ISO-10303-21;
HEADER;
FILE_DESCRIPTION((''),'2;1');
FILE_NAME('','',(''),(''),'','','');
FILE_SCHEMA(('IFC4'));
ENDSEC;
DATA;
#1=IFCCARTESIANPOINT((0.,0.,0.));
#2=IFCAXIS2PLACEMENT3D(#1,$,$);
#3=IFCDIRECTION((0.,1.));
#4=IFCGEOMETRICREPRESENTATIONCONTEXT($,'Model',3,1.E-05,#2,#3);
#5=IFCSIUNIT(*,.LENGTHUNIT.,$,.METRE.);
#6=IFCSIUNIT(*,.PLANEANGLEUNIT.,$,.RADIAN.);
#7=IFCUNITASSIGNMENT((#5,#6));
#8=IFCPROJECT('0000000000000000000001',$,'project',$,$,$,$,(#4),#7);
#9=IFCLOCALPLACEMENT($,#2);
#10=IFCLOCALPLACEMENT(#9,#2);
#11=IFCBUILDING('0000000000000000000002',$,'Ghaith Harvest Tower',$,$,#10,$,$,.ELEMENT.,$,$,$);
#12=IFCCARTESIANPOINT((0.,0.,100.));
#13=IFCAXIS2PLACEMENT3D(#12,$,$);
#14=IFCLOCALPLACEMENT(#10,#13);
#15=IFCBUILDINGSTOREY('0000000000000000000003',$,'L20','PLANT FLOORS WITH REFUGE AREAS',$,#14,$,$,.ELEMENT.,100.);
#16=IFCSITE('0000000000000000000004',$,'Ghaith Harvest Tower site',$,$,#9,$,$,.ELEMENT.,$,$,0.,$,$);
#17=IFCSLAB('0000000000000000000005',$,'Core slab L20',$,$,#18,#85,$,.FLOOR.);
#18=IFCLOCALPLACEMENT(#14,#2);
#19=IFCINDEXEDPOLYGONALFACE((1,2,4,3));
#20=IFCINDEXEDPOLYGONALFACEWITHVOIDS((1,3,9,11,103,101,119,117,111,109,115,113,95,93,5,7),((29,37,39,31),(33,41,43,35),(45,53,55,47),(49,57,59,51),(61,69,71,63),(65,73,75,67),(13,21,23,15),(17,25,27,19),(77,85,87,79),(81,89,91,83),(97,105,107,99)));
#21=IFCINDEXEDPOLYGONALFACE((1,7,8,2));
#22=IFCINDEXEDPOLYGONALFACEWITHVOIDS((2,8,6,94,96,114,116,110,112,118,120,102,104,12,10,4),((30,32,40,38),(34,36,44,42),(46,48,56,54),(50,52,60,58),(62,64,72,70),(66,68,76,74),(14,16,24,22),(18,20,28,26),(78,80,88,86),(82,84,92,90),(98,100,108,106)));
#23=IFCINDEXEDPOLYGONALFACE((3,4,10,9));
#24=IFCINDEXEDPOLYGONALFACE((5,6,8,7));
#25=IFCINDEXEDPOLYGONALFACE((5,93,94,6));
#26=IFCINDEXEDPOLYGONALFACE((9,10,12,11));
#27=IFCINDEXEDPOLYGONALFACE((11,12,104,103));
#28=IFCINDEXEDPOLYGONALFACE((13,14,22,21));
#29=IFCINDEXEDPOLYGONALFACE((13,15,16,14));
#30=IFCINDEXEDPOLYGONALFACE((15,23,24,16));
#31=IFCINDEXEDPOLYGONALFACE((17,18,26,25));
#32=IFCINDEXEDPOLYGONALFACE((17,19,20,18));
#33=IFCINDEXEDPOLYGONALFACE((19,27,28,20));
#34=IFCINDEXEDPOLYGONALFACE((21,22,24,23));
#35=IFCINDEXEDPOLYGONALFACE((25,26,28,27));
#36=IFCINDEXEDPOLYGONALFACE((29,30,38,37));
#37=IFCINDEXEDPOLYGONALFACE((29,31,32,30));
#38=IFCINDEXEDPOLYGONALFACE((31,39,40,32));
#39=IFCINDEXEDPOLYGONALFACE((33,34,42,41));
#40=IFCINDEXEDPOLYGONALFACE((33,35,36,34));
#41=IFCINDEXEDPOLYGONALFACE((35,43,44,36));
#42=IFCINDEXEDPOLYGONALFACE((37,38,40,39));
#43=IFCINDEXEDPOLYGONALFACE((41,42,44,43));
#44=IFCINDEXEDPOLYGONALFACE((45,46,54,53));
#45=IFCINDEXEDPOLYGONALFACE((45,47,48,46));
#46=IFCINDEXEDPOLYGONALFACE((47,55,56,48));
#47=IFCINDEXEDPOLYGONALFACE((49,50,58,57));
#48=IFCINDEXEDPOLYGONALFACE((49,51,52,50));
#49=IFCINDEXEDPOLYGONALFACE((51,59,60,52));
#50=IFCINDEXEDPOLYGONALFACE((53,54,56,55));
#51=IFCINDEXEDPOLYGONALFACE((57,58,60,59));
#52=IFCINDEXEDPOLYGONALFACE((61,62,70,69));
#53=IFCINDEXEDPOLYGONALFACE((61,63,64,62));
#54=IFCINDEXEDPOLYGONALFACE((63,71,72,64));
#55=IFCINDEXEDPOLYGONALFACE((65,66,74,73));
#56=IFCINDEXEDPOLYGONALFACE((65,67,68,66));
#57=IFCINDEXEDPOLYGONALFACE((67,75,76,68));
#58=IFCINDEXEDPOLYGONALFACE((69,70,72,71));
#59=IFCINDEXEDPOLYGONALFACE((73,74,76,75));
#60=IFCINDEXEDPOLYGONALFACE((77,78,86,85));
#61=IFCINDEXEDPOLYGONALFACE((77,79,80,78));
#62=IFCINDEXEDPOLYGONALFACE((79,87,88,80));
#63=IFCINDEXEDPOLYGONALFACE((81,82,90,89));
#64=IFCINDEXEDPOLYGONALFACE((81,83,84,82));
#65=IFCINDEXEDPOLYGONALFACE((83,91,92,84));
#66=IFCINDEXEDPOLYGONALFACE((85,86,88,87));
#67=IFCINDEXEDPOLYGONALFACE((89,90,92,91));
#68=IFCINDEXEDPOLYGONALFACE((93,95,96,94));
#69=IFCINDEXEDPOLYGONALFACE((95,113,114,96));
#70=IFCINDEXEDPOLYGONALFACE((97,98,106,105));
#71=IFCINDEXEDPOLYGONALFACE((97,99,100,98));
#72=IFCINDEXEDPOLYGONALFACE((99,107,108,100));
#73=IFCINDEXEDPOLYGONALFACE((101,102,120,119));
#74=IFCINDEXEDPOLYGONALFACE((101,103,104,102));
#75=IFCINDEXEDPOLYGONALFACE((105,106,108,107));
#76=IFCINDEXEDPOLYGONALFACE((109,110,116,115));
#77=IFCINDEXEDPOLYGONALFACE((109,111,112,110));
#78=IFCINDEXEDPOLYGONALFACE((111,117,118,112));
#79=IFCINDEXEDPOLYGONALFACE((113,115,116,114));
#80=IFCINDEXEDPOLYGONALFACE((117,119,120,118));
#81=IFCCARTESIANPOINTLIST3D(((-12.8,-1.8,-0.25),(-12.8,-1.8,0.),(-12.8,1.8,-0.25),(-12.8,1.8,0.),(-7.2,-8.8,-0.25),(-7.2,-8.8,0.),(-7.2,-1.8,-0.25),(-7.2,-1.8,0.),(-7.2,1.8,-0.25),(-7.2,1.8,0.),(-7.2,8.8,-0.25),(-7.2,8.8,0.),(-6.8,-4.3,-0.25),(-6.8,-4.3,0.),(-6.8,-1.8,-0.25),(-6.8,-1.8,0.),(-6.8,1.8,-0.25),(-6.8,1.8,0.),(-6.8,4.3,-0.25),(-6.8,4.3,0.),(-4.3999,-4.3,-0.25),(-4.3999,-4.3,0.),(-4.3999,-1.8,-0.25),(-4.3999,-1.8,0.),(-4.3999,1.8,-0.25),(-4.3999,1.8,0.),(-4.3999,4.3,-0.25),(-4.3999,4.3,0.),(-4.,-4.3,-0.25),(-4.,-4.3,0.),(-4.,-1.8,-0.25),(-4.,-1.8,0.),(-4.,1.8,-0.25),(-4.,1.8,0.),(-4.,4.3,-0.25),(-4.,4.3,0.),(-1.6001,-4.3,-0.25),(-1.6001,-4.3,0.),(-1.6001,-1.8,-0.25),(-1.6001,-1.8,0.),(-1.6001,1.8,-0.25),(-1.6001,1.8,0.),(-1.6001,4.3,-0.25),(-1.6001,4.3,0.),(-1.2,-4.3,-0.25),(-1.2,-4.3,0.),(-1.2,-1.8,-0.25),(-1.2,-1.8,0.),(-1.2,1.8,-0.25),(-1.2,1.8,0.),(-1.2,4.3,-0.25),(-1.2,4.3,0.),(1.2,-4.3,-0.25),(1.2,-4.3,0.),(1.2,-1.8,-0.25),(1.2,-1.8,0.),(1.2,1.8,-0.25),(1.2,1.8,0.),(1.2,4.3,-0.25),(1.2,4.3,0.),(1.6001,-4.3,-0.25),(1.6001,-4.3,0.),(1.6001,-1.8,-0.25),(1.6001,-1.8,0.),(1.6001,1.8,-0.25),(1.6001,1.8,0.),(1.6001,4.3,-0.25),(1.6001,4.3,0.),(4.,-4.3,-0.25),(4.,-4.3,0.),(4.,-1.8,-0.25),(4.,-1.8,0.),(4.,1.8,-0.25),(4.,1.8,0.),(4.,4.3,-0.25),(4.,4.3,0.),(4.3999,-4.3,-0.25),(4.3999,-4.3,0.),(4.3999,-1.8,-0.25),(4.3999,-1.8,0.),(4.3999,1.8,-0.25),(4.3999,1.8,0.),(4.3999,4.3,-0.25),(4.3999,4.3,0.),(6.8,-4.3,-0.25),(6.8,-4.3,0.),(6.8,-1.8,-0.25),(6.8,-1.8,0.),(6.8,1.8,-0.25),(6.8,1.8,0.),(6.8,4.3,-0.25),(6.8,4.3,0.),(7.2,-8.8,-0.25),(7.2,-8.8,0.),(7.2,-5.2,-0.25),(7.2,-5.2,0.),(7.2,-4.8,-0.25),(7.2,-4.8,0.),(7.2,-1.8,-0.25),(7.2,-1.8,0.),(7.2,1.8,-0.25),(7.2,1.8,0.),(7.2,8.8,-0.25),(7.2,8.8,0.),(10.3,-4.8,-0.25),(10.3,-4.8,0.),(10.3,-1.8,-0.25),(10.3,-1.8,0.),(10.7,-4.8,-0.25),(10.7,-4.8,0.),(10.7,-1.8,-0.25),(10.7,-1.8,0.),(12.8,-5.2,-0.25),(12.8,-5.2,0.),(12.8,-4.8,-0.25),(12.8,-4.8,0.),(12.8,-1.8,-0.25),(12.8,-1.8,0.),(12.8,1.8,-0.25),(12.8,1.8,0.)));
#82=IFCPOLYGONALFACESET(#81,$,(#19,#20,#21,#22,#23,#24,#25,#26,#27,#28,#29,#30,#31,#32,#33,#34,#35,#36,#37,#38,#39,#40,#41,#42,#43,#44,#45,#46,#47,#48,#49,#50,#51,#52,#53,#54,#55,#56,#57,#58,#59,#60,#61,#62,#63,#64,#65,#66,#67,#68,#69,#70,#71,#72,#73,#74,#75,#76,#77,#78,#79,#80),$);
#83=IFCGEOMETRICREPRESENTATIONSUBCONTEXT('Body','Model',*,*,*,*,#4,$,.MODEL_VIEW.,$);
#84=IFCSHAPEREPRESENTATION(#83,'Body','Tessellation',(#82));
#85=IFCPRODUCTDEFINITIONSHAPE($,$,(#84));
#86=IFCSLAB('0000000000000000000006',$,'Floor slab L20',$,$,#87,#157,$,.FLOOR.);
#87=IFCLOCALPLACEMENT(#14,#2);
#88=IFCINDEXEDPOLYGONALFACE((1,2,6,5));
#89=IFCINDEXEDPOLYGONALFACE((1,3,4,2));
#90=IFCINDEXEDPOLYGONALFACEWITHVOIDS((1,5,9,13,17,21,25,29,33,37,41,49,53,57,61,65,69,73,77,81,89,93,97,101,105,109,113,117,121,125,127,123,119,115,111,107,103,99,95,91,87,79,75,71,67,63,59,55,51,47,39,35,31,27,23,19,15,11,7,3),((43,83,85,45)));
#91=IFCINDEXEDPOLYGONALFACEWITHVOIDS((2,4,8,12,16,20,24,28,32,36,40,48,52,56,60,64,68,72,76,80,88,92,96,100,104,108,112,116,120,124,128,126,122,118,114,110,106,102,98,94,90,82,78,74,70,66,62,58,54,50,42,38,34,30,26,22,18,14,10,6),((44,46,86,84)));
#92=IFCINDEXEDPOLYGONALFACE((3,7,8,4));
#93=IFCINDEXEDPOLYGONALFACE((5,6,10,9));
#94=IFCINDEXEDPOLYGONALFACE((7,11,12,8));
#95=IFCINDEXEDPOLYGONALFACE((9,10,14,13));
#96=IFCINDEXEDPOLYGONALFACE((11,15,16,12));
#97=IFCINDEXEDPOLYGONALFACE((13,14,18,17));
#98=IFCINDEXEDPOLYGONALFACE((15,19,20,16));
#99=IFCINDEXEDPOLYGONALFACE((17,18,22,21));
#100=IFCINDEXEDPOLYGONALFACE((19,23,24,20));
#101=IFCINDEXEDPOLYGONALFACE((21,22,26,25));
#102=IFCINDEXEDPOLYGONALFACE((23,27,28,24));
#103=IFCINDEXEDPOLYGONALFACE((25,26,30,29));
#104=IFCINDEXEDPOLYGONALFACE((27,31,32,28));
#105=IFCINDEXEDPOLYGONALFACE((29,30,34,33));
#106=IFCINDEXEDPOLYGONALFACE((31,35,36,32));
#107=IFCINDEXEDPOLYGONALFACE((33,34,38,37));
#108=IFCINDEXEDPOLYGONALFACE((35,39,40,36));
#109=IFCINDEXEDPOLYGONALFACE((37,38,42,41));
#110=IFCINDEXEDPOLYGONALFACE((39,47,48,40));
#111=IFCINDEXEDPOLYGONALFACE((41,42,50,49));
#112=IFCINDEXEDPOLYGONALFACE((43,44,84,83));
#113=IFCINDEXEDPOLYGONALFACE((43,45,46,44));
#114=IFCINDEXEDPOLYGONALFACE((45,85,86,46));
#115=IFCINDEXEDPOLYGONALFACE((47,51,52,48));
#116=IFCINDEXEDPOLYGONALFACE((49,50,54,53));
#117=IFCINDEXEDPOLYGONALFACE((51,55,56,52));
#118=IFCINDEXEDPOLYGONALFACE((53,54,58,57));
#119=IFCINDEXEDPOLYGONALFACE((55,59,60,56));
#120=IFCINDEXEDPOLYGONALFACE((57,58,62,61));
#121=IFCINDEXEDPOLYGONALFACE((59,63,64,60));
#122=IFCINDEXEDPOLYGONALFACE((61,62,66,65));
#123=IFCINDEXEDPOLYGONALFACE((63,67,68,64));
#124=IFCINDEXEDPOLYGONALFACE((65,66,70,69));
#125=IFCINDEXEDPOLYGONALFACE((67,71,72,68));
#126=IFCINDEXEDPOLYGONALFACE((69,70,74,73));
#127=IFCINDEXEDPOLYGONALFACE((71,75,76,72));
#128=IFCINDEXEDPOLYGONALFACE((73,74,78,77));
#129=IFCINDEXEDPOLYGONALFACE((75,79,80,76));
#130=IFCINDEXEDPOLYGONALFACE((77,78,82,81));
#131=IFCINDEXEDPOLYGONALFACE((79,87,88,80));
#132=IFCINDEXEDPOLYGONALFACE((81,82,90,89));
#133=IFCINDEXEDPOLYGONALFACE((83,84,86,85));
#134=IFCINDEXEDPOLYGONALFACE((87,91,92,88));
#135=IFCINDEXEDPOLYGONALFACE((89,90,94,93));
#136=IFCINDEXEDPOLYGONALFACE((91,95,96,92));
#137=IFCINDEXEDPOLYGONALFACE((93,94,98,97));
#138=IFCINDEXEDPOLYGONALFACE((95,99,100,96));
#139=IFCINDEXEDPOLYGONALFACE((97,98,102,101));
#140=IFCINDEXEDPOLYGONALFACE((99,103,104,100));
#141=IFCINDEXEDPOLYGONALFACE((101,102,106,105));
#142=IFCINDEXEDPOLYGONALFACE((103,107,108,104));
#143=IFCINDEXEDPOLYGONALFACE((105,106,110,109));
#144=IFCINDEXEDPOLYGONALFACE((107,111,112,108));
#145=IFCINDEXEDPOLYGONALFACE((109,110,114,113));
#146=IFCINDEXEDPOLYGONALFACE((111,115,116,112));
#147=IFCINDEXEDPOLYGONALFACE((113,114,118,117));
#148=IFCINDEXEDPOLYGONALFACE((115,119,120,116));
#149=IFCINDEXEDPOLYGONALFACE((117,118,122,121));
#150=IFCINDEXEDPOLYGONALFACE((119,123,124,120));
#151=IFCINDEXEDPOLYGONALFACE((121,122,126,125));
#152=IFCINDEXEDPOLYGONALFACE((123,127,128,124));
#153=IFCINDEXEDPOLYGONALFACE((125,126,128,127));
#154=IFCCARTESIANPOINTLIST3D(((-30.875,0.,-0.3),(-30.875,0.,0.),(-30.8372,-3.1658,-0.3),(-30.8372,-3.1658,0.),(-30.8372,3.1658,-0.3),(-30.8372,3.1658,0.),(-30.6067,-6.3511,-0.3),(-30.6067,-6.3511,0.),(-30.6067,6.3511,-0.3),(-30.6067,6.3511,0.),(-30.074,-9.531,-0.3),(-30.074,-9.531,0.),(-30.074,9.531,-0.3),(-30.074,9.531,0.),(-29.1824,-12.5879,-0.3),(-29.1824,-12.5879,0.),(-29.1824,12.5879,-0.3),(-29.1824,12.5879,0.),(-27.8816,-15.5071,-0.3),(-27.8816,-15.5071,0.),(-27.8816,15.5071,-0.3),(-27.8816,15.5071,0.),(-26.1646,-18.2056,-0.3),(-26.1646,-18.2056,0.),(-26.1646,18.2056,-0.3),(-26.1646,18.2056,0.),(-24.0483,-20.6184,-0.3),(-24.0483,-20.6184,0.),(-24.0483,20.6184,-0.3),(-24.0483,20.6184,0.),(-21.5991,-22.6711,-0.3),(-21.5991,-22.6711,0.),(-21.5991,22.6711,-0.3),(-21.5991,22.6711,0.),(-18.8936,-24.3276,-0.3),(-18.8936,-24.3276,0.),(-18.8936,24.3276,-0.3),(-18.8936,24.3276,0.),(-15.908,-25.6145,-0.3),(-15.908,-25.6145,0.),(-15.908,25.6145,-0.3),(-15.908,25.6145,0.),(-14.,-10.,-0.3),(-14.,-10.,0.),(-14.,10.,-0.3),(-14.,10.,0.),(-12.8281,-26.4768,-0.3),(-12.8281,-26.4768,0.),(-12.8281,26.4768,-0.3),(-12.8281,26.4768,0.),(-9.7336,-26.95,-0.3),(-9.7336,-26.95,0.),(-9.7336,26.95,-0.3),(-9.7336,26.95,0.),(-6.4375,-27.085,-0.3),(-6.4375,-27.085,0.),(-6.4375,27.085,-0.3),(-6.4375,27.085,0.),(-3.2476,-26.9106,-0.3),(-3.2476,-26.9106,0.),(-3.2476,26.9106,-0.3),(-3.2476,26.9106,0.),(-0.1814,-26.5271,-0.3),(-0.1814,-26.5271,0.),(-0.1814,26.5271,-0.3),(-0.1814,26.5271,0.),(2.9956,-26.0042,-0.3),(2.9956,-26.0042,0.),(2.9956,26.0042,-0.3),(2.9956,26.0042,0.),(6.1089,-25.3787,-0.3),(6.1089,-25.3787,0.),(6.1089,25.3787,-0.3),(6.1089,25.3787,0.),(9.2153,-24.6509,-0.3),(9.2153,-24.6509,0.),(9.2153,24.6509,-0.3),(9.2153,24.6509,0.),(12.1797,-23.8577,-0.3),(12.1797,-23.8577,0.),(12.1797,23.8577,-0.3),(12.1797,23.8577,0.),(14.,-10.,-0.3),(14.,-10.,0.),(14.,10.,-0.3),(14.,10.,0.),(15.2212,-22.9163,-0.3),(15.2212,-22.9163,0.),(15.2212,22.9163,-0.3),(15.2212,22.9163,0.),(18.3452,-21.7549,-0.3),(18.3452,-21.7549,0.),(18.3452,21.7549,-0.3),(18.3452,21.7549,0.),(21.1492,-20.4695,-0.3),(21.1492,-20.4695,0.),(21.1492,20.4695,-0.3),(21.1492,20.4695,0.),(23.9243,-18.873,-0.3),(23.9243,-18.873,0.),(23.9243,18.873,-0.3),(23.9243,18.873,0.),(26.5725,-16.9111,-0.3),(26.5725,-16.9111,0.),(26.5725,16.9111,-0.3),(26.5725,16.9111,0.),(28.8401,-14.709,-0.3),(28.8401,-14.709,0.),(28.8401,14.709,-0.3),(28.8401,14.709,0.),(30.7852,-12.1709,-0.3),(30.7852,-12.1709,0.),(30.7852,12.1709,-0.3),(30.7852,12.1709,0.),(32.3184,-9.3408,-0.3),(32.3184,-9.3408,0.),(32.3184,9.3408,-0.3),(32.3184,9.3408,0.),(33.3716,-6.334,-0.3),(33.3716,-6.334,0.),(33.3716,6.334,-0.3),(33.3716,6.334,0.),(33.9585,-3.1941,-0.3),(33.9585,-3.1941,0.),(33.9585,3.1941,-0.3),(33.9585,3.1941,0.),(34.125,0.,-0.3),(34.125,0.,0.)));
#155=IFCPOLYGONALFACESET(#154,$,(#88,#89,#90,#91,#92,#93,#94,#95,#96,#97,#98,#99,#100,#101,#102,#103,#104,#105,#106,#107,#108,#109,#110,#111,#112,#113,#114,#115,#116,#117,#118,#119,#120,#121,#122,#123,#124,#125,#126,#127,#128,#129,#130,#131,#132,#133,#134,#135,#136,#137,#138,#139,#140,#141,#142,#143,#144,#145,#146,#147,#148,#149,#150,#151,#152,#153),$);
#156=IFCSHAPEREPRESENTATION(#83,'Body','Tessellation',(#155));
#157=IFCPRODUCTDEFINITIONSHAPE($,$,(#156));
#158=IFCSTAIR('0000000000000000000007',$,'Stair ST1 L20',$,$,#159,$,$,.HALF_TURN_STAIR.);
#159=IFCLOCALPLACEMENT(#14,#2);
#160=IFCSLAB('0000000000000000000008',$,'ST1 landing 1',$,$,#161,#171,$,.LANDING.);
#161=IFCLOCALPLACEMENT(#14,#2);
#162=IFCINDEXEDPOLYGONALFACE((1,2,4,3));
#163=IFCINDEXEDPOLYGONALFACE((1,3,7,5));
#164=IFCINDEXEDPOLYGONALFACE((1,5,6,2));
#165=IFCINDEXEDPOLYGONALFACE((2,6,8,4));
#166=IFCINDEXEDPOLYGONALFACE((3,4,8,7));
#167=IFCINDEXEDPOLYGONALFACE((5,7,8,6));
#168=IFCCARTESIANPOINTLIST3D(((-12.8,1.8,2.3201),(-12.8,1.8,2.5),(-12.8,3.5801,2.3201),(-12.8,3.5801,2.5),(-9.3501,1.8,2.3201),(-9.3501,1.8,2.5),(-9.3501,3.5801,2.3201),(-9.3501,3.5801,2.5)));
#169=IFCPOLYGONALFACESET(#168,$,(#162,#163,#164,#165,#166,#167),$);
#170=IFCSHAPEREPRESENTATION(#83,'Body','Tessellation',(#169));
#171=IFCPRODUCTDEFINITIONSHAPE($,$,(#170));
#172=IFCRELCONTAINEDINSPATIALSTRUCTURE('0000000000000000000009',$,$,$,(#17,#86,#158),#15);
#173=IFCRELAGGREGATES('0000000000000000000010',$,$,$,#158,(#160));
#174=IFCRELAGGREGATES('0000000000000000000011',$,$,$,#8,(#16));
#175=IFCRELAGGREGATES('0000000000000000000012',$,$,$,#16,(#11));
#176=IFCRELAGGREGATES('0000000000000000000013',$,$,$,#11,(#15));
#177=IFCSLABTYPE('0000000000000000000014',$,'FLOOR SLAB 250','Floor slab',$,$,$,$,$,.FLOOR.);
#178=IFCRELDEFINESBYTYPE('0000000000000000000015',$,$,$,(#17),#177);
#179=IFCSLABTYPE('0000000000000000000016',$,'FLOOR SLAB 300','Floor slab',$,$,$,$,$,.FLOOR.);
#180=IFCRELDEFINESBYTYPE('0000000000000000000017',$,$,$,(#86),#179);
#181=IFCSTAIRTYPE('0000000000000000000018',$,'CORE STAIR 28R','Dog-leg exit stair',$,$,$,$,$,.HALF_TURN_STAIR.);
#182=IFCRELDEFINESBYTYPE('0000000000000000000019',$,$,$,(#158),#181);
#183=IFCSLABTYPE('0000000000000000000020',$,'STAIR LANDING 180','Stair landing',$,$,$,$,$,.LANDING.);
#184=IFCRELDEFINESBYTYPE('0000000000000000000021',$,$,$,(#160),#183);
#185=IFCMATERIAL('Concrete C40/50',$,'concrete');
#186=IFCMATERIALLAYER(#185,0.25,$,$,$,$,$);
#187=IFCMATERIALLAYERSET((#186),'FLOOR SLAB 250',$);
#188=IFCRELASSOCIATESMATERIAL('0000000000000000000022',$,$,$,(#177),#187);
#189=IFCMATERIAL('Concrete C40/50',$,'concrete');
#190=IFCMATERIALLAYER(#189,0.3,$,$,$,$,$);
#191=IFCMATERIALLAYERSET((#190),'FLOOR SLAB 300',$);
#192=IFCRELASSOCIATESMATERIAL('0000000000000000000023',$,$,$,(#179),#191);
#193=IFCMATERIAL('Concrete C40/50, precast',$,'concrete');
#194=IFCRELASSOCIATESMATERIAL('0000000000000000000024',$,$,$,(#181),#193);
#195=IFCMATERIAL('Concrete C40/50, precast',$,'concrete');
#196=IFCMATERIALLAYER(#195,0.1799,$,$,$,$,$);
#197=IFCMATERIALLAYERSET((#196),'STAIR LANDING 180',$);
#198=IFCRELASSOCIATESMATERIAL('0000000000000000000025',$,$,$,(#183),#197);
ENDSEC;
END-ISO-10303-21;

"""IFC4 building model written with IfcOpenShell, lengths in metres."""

from ifc_helpers import new_model, si_unit, direction, frame, origin, place, context, subcontext, project, spatial, polyline, outline, extrude, material, layer, layer_set, type_object, element, aggregate, save


model = new_model("IFC4")

# Units and contexts
model_context = context("Model", 3, precision=1e-05, world=origin(), true_north=direction((0.0, 1.0)))
body_context = subcontext(model_context, "Body", "Model", "MODEL_VIEW")
ifc_project = project(units=[si_unit("LENGTHUNIT", "METRE"), si_unit("PLANEANGLEUNIT", "RADIAN")], contexts=[model_context])

# Site, building, storey
site_placement = place(None, origin())
site = spatial("IfcSite", under=ifc_project, at=site_placement, Name="Ghaith Harvest Tower site", CompositionType="ELEMENT", RefElevation=0.0)
building_placement = place(site_placement, origin())
building = spatial("IfcBuilding", under=site, at=building_placement, Name="Ghaith Harvest Tower", CompositionType="ELEMENT")
storey_placement = place(building_placement, frame((0.0, 0.0, 100.0)))
storey = spatial("IfcBuildingStorey", under=building, at=storey_placement, Name="L20", Description="PLANT FLOORS WITH REFUGE AREAS", CompositionType="ELEMENT", Elevation=100.0)

# Slabs
ifc_material_1 = material(Name="Concrete C40/50", Category="concrete")
ifc_layer_1 = layer(ifc_material_1, 0.25)
ifc_layer_set_1 = layer_set([ifc_layer_1], Name="FLOOR SLAB 250")
slab_type_1 = type_object("IfcSlabType", Name="FLOOR SLAB 250", Description="Floor slab", PredefinedType="FLOOR", material=ifc_layer_set_1)
slab_1_placement = place(storey_placement, frame((0.0, 0.0, -0.25)))
element("IfcSlab", 1, at=slab_1_placement, inside=storey, type_object=slab_type_1, Name="Core slab L20", PredefinedType="FLOOR", context=body_context, shape_type="SweptSolid", body=[
    extrude(outline(polyline([(-12.8, 1.8), (-7.2, 1.8), (-7.2, 8.8), (7.2, 8.8), (7.2, 1.8), (12.8, 1.8), (12.8, -1.8), (10.7, -1.8), (10.7, -4.8), (12.8, -4.8), (12.8, -5.2), (7.2, -5.2), (7.2, -8.8), (-7.2, -8.8), (-7.2, -1.8), (-12.8, -1.8), (-12.8, 1.8)]), holes=[polyline([(-4.3999, -4.3), (-4.3999, -1.8), (-6.8, -1.8), (-6.8, -4.3), (-4.3999, -4.3)]), polyline([(-1.6001, -4.3), (-1.6001, -1.8), (-4.0, -1.8), (-4.0, -4.3), (-1.6001, -4.3)]), polyline([(1.2, -4.3), (1.2, -1.8), (-1.2, -1.8), (-1.2, -4.3), (1.2, -4.3)]), polyline([(-4.3999, 1.8), (-4.3999, 4.3), (-6.8, 4.3), (-6.8, 1.8), (-4.3999, 1.8)]), polyline([(-1.6001, 1.8), (-1.6001, 4.3), (-4.0, 4.3), (-4.0, 1.8), (-1.6001, 1.8)]), polyline([(1.2, 1.8), (1.2, 4.3), (-1.2, 4.3), (-1.2, 1.8), (1.2, 1.8)]), polyline([(10.3, -4.8), (10.3, -1.8), (7.2, -1.8), (7.2, -4.8), (10.3, -4.8)]), polyline([(4.0, -4.3), (4.0, -1.8), (1.6001, -1.8), (1.6001, -4.3), (4.0, -4.3)]), polyline([(6.8, -4.3), (6.8, -1.8), (4.3999, -1.8), (4.3999, -4.3), (6.8, -4.3)]), polyline([(4.0, 1.8), (4.0, 4.3), (1.6001, 4.3), (1.6001, 1.8), (4.0, 1.8)]), polyline([(6.8, 1.8), (6.8, 4.3), (4.3999, 4.3), (4.3999, 1.8), (6.8, 1.8)])]), origin(), (0.0, 0.0, 1.0), 0.25),
])
ifc_material_2 = material(Name="Concrete C40/50", Category="concrete")
ifc_layer_2 = layer(ifc_material_2, 0.3)
ifc_layer_set_2 = layer_set([ifc_layer_2], Name="FLOOR SLAB 300")
slab_type_2 = type_object("IfcSlabType", Name="FLOOR SLAB 300", Description="Floor slab", PredefinedType="FLOOR", material=ifc_layer_set_2)
slab_2_placement = place(storey_placement, frame((0.0, 0.0, -0.3)))
element("IfcSlab", 2, at=slab_2_placement, inside=storey, type_object=slab_type_2, Name="Floor slab L20", PredefinedType="FLOOR", context=body_context, shape_type="SweptSolid", body=[
    extrude(outline(polyline([(34.125, 0.0), (33.9585, 3.1941), (33.3716, 6.334), (32.3184, 9.3408), (30.7852, 12.1709), (28.8401, 14.709), (26.5725, 16.9111), (23.9243, 18.873), (21.1492, 20.4695), (18.3452, 21.7549), (15.2212, 22.9163), (12.1797, 23.8577), (9.2153, 24.6509), (6.1089, 25.3787), (2.9956, 26.0042), (-0.1814, 26.5271), (-3.2476, 26.9106), (-6.4375, 27.085), (-9.7336, 26.95), (-12.8281, 26.4768), (-15.908, 25.6145), (-18.8936, 24.3276), (-21.5991, 22.6711), (-24.0483, 20.6184), (-26.1646, 18.2056), (-27.8816, 15.5071), (-29.1824, 12.5879), (-30.074, 9.531), (-30.6067, 6.3511), (-30.8372, 3.1658), (-30.875, 0.0), (-30.8372, -3.1658), (-30.6067, -6.3511), (-30.074, -9.531), (-29.1824, -12.5879), (-27.8816, -15.5071), (-26.1646, -18.2056), (-24.0483, -20.6184), (-21.5991, -22.6711), (-18.8936, -24.3276), (-15.908, -25.6145), (-12.8281, -26.4768), (-9.7336, -26.95), (-6.4375, -27.085), (-3.2476, -26.9106), (-0.1814, -26.5271), (2.9956, -26.0042), (6.1089, -25.3787), (9.2153, -24.6509), (12.1797, -23.8577), (15.2212, -22.9163), (18.3452, -21.7549), (21.1492, -20.4695), (23.9243, -18.873), (26.5725, -16.9111), (28.8401, -14.709), (30.7852, -12.1709), (32.3184, -9.3408), (33.3716, -6.334), (33.9585, -3.1941), (34.125, 0.0)]), holes=[polyline([(-14.0, -10.0), (14.0, -10.0), (14.0, 10.0), (-14.0, 10.0), (-14.0, -10.0)])]), origin(), (0.0, 0.0, 1.0), 0.3),
])

# Stair, slab
ifc_material_3 = material(Name="Concrete C40/50, precast", Category="concrete")
stair_type = type_object("IfcStairType", Name="CORE STAIR 28R", Description="Dog-leg exit stair", PredefinedType="HALF_TURN_STAIR", material=ifc_material_3)
stair_1_placement = place(storey_placement, origin())
stair_1 = element("IfcStair", 3, at=stair_1_placement, inside=storey, type_object=stair_type, Name="Stair ST1 L20", PredefinedType="HALF_TURN_STAIR")
ifc_material_4 = material(Name="Concrete C40/50, precast", Category="concrete")
ifc_layer_3 = layer(ifc_material_4, 0.1799)
ifc_layer_set_3 = layer_set([ifc_layer_3], Name="STAIR LANDING 180")
slab_type_3 = type_object("IfcSlabType", Name="STAIR LANDING 180", Description="Stair landing", PredefinedType="LANDING", material=ifc_layer_set_3)
slab_3_placement = place(storey_placement, frame((0.0, 0.0, 2.3201)))
slab_3 = element("IfcSlab", 4, at=slab_3_placement, type_object=slab_type_3, Name="ST1 landing 1", PredefinedType="LANDING", context=body_context, shape_type="SweptSolid", body=[
    extrude(outline(polyline([(-12.8, 3.5801), (-12.8, 1.8), (-9.3501, 1.8), (-9.3501, 3.5801), (-12.8, 3.5801)])), origin(), (0.0, 0.0, 1.0), 0.1799),
])
aggregate(stair_1, [slab_3])

save(model, "model.ifc")
